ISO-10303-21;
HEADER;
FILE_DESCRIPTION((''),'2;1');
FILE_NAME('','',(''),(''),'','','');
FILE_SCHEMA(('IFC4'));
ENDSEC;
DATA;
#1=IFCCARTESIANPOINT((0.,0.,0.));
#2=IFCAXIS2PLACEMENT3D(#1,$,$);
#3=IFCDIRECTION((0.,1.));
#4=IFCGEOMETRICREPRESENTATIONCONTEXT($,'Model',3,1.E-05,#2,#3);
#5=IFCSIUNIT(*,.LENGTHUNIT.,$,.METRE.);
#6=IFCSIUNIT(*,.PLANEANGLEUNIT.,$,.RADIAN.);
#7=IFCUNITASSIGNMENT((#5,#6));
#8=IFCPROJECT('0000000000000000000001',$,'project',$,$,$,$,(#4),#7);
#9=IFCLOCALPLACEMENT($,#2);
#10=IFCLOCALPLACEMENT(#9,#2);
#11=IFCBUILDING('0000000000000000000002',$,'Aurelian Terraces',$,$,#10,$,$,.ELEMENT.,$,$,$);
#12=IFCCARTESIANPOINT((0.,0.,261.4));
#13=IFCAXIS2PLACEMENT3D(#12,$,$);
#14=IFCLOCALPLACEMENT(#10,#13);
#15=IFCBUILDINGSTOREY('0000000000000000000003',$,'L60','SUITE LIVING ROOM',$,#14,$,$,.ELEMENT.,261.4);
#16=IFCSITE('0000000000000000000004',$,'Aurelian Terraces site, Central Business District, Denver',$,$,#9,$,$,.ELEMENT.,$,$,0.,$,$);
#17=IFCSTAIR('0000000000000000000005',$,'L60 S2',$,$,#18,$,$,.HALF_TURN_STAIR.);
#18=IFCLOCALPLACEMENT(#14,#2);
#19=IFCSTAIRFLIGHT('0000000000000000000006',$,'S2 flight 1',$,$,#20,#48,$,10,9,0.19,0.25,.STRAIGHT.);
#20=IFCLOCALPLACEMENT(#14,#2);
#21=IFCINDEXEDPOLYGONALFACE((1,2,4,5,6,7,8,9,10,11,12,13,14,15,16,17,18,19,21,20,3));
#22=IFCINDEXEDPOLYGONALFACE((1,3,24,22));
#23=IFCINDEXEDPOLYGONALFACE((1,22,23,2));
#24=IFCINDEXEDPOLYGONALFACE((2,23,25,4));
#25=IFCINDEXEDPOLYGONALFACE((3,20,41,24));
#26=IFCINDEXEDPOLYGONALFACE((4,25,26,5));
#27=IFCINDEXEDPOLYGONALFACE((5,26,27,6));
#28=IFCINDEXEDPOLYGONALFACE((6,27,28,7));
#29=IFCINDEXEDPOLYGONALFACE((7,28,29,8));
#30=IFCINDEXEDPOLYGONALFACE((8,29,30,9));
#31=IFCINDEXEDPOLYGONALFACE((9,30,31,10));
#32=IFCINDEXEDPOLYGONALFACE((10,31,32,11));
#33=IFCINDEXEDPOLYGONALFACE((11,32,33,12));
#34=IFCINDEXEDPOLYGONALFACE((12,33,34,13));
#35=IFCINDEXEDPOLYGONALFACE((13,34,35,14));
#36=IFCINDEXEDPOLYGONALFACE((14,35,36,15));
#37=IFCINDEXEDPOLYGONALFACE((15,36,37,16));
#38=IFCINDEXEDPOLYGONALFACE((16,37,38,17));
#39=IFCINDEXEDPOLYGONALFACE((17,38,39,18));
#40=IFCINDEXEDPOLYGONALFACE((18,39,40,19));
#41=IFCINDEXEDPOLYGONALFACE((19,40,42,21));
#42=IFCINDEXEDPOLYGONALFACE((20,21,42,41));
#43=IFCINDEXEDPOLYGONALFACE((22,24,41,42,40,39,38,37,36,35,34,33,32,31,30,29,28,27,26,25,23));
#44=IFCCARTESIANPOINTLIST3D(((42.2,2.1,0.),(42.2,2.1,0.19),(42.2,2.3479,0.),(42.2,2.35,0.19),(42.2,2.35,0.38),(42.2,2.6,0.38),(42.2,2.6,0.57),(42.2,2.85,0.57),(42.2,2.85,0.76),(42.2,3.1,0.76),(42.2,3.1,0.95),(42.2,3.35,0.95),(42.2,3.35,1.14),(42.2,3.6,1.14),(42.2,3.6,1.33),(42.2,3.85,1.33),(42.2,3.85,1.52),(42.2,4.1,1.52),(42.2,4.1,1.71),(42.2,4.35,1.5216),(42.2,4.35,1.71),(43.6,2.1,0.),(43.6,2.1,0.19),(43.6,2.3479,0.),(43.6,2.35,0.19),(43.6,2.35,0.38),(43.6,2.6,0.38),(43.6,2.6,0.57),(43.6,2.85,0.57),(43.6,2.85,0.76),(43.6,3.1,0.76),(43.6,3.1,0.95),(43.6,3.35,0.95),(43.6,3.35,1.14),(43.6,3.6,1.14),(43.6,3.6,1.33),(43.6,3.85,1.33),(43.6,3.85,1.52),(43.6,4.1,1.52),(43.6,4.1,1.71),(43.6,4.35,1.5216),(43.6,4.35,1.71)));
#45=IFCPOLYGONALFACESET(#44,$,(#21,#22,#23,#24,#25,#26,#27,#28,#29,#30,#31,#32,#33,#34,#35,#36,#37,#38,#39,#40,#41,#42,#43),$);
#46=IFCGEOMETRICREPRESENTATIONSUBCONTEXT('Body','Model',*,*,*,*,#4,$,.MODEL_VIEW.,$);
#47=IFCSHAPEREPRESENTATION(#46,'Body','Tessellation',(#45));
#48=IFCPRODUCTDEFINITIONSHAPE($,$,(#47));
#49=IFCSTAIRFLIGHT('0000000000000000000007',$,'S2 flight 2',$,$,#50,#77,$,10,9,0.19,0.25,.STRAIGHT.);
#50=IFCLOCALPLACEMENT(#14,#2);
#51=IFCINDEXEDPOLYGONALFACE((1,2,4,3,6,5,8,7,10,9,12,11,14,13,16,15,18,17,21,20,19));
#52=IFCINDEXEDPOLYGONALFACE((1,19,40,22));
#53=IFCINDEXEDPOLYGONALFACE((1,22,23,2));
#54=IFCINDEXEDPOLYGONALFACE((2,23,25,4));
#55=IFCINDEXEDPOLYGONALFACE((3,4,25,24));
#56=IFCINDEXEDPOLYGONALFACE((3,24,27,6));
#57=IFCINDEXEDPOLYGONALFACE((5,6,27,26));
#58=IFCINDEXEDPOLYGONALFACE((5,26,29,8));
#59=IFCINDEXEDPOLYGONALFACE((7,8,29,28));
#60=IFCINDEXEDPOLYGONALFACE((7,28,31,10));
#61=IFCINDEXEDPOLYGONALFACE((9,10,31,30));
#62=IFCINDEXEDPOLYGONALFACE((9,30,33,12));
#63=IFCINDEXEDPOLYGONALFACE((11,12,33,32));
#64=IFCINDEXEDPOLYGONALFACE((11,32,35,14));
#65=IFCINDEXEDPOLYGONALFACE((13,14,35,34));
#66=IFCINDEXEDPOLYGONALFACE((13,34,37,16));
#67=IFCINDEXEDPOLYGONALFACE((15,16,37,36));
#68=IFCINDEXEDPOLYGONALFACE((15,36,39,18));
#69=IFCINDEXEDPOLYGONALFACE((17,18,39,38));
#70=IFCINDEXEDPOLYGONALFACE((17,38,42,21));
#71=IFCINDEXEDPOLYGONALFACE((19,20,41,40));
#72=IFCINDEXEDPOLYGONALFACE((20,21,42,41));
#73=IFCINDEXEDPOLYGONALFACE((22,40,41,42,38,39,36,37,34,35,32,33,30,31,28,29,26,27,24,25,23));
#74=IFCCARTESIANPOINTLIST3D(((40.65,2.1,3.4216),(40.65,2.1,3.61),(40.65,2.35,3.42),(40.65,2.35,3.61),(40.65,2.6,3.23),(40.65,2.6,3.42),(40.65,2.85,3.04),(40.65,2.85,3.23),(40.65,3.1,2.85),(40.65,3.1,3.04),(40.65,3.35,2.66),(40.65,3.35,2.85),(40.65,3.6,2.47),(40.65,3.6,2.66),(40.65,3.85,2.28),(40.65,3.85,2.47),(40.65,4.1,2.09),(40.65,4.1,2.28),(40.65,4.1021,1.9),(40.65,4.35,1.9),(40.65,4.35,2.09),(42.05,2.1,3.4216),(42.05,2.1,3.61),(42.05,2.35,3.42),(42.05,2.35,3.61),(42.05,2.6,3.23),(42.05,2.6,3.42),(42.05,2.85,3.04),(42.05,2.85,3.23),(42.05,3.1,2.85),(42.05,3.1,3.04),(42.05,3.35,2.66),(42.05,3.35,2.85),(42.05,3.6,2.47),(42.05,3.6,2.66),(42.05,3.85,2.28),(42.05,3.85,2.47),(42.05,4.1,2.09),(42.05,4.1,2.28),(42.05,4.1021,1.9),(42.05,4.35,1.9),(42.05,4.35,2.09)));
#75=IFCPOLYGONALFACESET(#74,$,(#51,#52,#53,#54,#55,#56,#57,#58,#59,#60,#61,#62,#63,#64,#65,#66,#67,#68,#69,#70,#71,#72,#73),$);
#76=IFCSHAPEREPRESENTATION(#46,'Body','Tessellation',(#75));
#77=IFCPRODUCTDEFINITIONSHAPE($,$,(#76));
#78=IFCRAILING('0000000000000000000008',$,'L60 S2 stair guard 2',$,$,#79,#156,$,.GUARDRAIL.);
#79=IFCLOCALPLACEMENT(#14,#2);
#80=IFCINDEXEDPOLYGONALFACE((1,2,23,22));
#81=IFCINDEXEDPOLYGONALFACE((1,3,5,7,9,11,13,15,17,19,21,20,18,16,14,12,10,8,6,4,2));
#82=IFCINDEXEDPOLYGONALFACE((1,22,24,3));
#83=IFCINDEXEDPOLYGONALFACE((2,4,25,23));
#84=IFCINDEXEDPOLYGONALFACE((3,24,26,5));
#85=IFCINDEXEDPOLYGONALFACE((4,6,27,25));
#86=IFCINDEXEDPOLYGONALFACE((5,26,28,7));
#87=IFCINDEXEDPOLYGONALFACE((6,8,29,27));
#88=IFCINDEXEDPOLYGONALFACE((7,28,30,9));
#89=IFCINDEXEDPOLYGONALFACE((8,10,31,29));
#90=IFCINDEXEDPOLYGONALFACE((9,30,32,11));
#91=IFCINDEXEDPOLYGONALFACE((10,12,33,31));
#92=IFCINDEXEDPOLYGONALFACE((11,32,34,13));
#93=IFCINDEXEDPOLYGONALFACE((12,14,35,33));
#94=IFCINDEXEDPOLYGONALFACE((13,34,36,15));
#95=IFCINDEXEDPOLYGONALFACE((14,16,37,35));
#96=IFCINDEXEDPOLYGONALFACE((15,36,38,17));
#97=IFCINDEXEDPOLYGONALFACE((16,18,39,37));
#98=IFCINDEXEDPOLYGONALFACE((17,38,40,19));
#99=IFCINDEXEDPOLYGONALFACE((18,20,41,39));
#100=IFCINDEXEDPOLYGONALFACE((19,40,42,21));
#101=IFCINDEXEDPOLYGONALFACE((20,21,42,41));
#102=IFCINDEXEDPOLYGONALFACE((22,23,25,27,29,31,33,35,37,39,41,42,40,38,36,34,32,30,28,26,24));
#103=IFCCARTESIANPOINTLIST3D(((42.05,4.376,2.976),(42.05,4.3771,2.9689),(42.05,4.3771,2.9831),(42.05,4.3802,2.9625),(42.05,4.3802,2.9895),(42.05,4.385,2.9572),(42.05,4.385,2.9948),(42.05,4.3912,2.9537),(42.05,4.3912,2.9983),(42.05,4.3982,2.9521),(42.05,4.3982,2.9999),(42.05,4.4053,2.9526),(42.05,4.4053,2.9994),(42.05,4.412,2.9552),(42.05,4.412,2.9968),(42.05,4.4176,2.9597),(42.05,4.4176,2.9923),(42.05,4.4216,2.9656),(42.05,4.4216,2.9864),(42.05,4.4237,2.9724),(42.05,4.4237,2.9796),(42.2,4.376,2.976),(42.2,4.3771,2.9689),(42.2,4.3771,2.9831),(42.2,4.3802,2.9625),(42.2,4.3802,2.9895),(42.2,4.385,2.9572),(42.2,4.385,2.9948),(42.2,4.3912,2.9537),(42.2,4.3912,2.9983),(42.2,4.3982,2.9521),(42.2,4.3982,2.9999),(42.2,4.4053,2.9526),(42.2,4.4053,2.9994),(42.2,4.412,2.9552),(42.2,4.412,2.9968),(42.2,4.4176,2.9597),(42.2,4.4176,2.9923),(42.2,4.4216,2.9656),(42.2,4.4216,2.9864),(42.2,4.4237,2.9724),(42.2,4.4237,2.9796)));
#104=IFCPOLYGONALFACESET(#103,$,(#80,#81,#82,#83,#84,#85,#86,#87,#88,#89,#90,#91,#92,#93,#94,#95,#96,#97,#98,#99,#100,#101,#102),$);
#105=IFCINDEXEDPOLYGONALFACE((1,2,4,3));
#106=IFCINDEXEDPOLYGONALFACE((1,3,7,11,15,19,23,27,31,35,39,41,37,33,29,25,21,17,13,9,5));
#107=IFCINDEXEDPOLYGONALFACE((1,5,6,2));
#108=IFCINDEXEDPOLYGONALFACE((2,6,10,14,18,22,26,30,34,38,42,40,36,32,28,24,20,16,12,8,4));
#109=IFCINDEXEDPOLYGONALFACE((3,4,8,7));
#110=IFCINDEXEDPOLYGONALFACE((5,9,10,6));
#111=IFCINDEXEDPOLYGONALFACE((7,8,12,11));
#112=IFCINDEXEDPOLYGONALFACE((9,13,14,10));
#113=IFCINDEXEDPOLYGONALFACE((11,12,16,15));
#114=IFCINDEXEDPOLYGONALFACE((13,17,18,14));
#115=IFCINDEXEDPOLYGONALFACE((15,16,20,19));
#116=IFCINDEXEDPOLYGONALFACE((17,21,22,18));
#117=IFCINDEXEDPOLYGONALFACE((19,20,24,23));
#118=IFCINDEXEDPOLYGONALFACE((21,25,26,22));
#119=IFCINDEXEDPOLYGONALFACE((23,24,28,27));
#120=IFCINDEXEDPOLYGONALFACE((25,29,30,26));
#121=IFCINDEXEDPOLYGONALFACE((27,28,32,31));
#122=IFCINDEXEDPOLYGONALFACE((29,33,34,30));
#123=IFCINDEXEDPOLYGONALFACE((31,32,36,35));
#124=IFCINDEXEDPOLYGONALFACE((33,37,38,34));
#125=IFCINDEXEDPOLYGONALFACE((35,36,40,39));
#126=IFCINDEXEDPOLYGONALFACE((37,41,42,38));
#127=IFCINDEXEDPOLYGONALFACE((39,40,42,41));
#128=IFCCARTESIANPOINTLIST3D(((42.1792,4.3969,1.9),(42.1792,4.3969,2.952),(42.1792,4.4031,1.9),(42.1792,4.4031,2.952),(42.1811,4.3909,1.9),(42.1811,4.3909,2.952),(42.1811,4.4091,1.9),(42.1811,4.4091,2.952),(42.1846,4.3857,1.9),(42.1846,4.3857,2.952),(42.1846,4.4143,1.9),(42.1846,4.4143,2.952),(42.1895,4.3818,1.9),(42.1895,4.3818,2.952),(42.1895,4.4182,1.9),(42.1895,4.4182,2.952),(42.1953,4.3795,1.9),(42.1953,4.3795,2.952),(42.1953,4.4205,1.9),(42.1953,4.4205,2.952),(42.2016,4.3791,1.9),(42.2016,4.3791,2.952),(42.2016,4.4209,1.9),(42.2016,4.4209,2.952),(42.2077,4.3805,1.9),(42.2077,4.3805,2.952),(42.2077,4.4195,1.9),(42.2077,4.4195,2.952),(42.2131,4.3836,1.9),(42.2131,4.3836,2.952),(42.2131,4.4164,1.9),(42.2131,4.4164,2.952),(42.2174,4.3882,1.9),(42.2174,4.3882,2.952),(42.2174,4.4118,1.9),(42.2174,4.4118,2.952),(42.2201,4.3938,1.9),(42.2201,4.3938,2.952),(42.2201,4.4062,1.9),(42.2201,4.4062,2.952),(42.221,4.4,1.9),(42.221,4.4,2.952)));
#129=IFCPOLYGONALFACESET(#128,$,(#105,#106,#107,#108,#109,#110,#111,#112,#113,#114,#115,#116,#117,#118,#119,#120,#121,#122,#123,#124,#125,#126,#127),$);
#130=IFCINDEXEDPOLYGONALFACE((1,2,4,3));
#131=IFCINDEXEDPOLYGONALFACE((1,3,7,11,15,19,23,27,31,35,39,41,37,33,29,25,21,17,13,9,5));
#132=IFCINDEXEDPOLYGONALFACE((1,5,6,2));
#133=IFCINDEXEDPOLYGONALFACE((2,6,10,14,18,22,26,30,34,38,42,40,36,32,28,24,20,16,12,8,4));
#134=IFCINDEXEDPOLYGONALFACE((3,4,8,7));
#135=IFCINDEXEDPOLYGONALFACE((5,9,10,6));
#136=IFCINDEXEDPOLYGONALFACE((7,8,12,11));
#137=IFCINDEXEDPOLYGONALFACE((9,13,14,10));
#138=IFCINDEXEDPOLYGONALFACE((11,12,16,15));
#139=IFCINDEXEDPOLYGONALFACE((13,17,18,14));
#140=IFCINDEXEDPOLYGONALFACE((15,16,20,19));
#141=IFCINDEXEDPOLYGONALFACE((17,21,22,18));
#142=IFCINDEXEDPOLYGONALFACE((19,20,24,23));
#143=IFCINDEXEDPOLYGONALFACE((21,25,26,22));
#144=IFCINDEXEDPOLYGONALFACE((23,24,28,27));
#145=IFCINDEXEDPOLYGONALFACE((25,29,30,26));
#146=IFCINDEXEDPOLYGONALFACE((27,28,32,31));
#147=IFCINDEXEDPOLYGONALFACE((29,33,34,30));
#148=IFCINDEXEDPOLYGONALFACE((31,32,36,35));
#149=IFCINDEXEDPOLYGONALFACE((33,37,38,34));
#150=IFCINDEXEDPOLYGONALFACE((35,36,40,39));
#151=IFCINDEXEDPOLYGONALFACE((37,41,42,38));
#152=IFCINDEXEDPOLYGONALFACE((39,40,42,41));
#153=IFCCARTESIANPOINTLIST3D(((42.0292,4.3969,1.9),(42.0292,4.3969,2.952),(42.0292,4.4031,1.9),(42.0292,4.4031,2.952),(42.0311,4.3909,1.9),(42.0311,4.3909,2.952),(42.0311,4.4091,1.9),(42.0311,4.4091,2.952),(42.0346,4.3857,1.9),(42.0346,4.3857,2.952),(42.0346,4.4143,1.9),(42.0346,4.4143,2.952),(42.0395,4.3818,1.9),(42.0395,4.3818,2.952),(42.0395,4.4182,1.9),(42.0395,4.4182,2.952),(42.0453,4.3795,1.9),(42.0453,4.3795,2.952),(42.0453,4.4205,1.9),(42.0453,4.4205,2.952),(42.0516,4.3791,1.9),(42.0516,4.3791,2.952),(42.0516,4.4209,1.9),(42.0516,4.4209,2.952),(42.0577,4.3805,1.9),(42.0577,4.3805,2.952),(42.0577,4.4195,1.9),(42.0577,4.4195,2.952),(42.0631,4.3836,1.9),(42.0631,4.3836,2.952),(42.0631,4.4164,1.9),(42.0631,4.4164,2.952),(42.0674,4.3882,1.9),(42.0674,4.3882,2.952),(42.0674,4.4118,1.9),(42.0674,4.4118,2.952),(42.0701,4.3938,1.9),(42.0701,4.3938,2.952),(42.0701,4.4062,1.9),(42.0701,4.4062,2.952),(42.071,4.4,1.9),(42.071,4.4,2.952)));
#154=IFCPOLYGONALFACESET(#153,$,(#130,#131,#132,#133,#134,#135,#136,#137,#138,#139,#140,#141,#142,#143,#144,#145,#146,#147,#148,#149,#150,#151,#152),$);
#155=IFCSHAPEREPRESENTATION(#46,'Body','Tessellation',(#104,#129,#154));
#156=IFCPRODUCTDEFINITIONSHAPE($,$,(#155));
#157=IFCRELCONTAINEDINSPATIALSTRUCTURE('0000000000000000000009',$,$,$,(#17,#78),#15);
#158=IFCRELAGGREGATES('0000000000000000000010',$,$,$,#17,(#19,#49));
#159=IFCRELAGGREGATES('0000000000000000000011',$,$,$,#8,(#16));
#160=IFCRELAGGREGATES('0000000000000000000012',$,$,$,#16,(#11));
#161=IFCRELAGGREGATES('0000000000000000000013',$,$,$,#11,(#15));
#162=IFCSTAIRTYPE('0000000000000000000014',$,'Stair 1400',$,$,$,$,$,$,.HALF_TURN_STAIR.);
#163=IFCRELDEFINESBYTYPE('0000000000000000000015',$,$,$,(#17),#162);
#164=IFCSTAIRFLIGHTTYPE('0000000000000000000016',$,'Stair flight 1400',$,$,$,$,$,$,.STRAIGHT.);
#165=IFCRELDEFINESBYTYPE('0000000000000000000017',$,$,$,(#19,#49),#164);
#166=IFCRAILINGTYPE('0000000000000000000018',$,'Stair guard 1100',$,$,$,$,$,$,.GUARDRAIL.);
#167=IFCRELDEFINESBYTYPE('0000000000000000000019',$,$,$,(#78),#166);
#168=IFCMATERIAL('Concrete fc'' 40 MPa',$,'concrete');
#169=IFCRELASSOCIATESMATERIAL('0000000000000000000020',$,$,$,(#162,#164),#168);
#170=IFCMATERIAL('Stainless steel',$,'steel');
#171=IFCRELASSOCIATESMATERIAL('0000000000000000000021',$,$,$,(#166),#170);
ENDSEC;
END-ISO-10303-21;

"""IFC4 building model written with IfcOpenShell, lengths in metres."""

from ifc_helpers import new_model, si_unit, direction, frame, origin, origin_2d, place, context, subcontext, project, spatial, polyline, circle, outline, extrude, source, transform, mapped, material, type_object, element, aggregate, save


model = new_model("IFC4")

# Units and contexts
model_context = context("Model", 3, precision=1e-05, world=origin(), true_north=direction((0.0, 1.0)))
body_context = subcontext(model_context, "Body", "Model", "MODEL_VIEW")
ifc_project = project(units=[si_unit("LENGTHUNIT", "METRE"), si_unit("PLANEANGLEUNIT", "RADIAN")], contexts=[model_context])

# Site, building, storey
site_placement = place(None, origin())
site = spatial("IfcSite", under=ifc_project, at=site_placement, Name="Aurelian Terraces site, Central Business District, Denver", CompositionType="ELEMENT", RefElevation=0.0)
building_placement = place(site_placement, origin())
building = spatial("IfcBuilding", under=site, at=building_placement, Name="Aurelian Terraces", CompositionType="ELEMENT")
storey_placement = place(building_placement, frame((0.0, 0.0, 261.4)))
storey = spatial("IfcBuildingStorey", under=building, at=storey_placement, Name="L60", Description="SUITE LIVING ROOM", CompositionType="ELEMENT", Elevation=261.4)

# Shared definitions
ifc_material_1 = material(Name="Concrete fc' 40 MPa", Category="concrete")

# Stair, stair flights
stair_type = type_object("IfcStairType", Name="Stair 1400", PredefinedType="HALF_TURN_STAIR", material=ifc_material_1)
stair_placement = place(storey_placement, origin())
stair = element("IfcStair", 1, at=stair_placement, inside=storey, type_object=stair_type, Name="L60 S2", PredefinedType="HALF_TURN_STAIR")
stair_flight_type = type_object("IfcStairFlightType", Name="Stair flight 1400", PredefinedType="STRAIGHT", material=ifc_material_1)
shared_shape_1 = source(origin(), body_context, "Body", "SweptSolid", [
    extrude(outline(polyline([(0.0, 0.0), (0.0, 0.19), (0.25, 0.19), (0.25, 0.38), (0.5, 0.38), (0.5, 0.57), (0.75, 0.57), (0.75, 0.76), (1.0, 0.76), (1.0, 0.95), (1.25, 0.95), (1.25, 1.14), (1.5, 1.14), (1.5, 1.33), (1.75, 1.33), (1.75, 1.52), (2.0, 1.52), (2.0, 1.71), (2.25, 1.71), (2.25, 1.9), (2.25, 1.5216), (0.2479, 0.0), (0.0, 0.0)])), frame((0.0, 0.7, 0.0), z_axis=(0.0, -1.0, 0.0), x_axis=(1.0, 0.0, 0.0)), (0.0, 0.0, 1.0), 1.4),
])
stair_flight_1_placement = place(storey_placement, frame((42.9, 2.1, 0.0), z_axis=(0.0, 0.0, 1.0), x_axis=(0.0, 1.0, 0.0)))
stair_flight_1 = element("IfcStairFlight", 2, at=stair_flight_1_placement, type_object=stair_flight_type, Name="S2 flight 1", NumberOfRisers=10, NumberOfTreads=9, PredefinedType="STRAIGHT", RiserHeight=0.19, TreadLength=0.25, context=body_context, shape_type="MappedRepresentation", body=[
    mapped(shared_shape_1, transform((0.0, 0.0, 0.0), scale=1.0)),
])
stair_flight_2_placement = place(storey_placement, frame((41.35, 4.35, 1.9), z_axis=(0.0, 0.0, 1.0), x_axis=(0.0, -1.0, 0.0)))
stair_flight_2 = element("IfcStairFlight", 3, at=stair_flight_2_placement, type_object=stair_flight_type, Name="S2 flight 2", NumberOfRisers=10, NumberOfTreads=9, PredefinedType="STRAIGHT", RiserHeight=0.19, TreadLength=0.25, context=body_context, shape_type="MappedRepresentation", body=[
    mapped(shared_shape_1, transform((0.0, 0.0, 0.0), scale=1.0)),
])
aggregate(stair, [stair_flight_1, stair_flight_2])

# Railing
ifc_material_2 = material(Name="Stainless steel", Category="steel")
railing_type_1 = type_object("IfcRailingType", Name="Stair guard 1100", PredefinedType="GUARDRAIL", material=ifc_material_2)
shared_shape_2 = source(origin(), body_context, "Body", "SweptSolid", [
    extrude(circle(Radius=0.024, at=origin_2d()), frame((0.0, 0.0, 1.076), z_axis=(-1.0, 0.0, 0.0), x_axis=(0.0, -1.0, 0.0)), (0.0, 0.0, 1.0), 0.15),
    extrude(circle(Radius=0.021, at=origin_2d()), origin(), (0.0, 0.0, 1.0), 1.052),
    extrude(circle(Radius=0.021, at=origin_2d()), frame((-0.15, 0.0, 0.0)), (0.0, 0.0, 1.0), 1.052),
])
for number, where, name in (
    (4, (42.2, 4.4, 1.9), "L60 S2 stair guard 2"),
):
    element("IfcRailing", number, at=place(storey_placement, frame(where)), inside=storey, type_object=railing_type_1, Name=name, PredefinedType="GUARDRAIL", context=body_context, shape_type="MappedRepresentation", body=[
        mapped(shared_shape_2, transform((0.0, 0.0, 0.0), scale=1.0)),
    ])

save(model, "model.ifc")
